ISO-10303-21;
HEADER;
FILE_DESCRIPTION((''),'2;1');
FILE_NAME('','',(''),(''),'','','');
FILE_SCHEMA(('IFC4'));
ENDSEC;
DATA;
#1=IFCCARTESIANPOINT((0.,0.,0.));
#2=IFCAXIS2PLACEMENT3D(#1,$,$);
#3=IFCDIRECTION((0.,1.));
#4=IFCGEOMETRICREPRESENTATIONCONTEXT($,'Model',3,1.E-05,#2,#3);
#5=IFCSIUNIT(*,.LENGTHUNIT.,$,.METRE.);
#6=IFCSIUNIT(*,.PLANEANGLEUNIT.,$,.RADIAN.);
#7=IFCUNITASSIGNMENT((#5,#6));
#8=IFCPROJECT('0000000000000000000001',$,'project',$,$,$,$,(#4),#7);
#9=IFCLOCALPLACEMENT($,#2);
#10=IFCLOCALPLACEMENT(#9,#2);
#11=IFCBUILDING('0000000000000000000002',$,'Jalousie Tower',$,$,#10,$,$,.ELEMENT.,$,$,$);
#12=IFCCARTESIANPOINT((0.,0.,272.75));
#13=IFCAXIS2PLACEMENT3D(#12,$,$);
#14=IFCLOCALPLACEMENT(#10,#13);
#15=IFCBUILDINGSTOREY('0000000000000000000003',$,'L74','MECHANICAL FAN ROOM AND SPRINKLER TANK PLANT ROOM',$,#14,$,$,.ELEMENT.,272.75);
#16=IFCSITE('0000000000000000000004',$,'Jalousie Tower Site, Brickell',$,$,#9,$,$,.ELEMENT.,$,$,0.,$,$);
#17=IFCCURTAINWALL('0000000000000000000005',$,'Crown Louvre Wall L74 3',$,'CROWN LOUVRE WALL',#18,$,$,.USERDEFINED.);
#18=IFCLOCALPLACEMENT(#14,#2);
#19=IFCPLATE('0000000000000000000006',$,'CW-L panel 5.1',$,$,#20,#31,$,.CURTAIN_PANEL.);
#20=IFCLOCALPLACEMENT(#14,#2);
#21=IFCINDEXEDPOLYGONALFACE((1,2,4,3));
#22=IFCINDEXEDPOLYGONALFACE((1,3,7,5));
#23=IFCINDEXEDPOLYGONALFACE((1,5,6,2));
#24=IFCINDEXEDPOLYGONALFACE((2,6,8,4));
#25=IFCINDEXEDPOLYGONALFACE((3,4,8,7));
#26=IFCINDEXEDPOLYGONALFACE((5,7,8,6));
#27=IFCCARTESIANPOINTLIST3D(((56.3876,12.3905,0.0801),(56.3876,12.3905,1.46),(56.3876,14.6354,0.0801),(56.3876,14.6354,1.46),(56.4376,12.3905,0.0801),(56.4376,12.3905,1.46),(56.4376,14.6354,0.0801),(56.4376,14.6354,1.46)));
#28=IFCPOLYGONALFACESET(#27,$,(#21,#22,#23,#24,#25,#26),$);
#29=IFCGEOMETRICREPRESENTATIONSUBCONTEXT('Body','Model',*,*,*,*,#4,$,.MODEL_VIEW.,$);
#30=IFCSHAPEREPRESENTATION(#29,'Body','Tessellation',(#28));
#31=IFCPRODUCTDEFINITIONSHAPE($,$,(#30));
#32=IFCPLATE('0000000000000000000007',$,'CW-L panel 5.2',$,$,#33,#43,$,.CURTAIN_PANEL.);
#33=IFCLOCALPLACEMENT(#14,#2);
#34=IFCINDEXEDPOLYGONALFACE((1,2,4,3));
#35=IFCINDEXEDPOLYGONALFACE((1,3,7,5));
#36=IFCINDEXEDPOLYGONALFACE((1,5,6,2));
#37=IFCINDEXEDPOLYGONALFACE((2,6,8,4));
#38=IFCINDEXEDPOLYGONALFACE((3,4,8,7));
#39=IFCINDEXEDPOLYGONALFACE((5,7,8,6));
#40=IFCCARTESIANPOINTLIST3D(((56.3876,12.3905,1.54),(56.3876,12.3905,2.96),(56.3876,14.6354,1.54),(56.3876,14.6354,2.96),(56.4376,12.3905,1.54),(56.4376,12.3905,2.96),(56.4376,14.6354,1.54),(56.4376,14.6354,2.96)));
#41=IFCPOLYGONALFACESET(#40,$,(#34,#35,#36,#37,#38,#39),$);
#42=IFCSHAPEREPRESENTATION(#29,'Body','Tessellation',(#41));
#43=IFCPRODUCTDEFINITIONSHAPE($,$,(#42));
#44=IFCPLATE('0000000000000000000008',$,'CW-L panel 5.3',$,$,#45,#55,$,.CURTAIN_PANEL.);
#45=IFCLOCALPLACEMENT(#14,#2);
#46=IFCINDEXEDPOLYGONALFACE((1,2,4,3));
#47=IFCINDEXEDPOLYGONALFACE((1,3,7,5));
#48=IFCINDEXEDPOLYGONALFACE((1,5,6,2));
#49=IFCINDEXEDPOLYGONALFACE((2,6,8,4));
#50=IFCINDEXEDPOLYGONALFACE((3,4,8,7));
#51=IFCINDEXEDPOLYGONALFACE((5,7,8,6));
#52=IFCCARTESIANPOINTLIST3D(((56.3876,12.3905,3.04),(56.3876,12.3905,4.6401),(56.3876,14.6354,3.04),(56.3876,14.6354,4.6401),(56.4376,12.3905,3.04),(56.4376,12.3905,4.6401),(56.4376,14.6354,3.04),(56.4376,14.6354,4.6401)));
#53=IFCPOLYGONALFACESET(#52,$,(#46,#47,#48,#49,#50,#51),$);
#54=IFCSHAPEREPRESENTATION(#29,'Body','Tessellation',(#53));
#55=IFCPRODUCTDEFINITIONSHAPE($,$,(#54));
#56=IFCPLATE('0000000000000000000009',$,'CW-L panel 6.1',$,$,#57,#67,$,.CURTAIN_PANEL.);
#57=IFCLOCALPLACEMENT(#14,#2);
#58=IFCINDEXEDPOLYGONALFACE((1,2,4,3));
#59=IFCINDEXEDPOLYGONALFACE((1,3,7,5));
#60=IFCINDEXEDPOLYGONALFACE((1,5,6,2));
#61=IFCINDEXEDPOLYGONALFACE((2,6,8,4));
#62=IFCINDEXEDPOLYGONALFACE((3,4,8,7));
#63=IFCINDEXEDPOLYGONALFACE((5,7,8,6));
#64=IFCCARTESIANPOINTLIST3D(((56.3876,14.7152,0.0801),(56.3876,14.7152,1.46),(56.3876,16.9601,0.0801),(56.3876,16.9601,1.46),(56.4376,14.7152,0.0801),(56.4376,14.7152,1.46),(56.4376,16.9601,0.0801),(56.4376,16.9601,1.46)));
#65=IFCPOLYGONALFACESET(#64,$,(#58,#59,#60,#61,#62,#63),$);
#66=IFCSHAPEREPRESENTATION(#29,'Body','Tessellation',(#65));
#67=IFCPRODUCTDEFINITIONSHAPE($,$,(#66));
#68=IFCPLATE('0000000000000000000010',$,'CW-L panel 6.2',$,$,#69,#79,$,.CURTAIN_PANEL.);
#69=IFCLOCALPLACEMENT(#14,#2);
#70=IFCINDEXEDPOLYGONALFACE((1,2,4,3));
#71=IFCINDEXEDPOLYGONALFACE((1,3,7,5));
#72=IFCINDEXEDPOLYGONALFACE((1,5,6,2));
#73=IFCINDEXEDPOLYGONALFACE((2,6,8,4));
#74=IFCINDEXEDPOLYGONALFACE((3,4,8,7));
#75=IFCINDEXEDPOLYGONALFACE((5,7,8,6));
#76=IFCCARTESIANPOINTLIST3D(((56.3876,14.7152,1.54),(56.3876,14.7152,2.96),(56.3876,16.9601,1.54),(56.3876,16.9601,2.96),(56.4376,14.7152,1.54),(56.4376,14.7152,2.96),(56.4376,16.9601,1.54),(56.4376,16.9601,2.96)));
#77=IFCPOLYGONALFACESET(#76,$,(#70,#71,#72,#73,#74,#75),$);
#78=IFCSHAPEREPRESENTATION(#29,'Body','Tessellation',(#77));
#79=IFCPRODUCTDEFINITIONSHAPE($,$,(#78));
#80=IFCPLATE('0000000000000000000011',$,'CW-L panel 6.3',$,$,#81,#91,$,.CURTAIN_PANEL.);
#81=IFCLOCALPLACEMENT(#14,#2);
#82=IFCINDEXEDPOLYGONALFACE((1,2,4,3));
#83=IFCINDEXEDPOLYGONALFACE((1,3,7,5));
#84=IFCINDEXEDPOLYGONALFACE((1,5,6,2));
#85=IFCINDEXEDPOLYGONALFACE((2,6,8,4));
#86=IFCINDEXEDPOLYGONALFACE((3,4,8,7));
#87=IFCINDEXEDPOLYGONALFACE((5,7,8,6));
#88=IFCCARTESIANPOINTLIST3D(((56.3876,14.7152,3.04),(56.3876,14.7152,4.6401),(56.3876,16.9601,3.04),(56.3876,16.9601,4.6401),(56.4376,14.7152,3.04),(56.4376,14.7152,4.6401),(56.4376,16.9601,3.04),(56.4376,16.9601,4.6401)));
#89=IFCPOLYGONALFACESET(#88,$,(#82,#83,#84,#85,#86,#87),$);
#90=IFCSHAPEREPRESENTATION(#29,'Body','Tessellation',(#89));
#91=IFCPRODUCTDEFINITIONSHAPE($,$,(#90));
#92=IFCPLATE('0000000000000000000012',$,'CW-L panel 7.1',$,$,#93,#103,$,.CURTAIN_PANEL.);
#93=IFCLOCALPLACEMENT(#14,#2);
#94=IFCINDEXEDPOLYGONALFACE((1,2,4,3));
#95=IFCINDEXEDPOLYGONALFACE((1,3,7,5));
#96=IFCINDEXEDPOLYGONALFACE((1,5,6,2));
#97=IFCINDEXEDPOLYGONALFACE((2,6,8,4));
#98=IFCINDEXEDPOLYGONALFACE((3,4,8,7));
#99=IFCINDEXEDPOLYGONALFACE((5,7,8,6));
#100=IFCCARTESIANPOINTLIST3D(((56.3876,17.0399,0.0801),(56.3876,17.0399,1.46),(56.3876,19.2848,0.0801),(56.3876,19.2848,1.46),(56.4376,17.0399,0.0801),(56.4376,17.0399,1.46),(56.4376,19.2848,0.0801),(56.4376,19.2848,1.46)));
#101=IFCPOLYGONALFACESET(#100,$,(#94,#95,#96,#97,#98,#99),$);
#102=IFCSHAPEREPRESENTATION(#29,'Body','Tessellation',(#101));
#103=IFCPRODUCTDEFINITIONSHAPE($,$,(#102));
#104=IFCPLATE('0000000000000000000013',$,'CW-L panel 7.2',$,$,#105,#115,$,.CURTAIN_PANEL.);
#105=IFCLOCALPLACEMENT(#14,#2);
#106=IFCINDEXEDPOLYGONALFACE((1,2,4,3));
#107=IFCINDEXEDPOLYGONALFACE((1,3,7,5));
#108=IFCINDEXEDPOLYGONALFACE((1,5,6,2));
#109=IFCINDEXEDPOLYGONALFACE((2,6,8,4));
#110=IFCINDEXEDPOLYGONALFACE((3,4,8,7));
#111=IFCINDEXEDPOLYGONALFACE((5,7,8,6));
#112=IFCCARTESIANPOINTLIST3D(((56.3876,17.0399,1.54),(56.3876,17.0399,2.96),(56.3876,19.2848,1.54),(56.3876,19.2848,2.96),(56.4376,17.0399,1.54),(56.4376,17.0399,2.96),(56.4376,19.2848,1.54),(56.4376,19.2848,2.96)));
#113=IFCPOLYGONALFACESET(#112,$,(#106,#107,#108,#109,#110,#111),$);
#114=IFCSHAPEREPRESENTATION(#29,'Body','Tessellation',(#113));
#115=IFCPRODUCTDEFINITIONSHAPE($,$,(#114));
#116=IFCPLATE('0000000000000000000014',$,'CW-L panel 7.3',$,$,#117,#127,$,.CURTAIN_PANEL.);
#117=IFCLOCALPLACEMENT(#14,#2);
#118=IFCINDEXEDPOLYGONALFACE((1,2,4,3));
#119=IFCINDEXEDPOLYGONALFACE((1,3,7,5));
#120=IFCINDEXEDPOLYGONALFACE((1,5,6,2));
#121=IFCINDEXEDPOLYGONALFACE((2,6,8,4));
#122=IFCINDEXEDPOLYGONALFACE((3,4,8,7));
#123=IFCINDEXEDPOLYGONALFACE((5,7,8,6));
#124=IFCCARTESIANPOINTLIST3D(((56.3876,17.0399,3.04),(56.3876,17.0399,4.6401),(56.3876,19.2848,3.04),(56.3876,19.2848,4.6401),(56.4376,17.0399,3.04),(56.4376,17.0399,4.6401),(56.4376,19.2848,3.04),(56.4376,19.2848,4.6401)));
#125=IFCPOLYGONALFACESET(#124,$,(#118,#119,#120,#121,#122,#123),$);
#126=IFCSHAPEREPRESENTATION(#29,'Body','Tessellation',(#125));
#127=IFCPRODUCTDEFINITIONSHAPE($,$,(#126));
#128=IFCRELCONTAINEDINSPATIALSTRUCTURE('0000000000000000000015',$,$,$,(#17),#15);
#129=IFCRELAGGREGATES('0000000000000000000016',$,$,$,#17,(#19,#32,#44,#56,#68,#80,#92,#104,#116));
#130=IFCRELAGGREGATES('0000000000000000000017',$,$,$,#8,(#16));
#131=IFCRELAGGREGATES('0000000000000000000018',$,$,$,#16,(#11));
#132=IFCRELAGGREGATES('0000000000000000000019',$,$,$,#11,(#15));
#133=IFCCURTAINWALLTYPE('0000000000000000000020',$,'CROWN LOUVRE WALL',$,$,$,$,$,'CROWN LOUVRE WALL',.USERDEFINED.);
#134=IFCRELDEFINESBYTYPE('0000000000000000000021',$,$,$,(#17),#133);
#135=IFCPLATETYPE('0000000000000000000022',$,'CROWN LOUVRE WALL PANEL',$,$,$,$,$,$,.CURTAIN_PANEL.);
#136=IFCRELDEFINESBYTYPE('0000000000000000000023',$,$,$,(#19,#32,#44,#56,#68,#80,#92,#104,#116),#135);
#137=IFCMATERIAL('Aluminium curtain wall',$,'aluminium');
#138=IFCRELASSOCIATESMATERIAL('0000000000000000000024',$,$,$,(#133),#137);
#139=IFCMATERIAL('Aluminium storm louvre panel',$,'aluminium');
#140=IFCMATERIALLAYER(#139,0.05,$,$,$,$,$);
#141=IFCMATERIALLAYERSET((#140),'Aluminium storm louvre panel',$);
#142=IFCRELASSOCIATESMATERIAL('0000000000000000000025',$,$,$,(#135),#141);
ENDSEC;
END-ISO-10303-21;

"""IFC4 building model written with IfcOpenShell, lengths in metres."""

from ifc_helpers import new_model, si_unit, direction, frame, origin, origin_2d, place, context, subcontext, project, spatial, rectangle, extrude, material, layer, layer_set, type_object, element, aggregate, save


model = new_model("IFC4")

# Units and contexts
model_context = context("Model", 3, precision=1e-05, world=origin(), true_north=direction((0.0, 1.0)))
body_context = subcontext(model_context, "Body", "Model", "MODEL_VIEW")
ifc_project = project(units=[si_unit("LENGTHUNIT", "METRE"), si_unit("PLANEANGLEUNIT", "RADIAN")], contexts=[model_context])

# Site, building, storey
site_placement = place(None, origin())
site = spatial("IfcSite", under=ifc_project, at=site_placement, Name="Jalousie Tower Site, Brickell", CompositionType="ELEMENT", RefElevation=0.0)
building_placement = place(site_placement, origin())
building = spatial("IfcBuilding", under=site, at=building_placement, Name="Jalousie Tower", CompositionType="ELEMENT")
storey_placement = place(building_placement, frame((0.0, 0.0, 272.75)))
storey = spatial("IfcBuildingStorey", under=building, at=storey_placement, Name="L74", Description="MECHANICAL FAN ROOM AND SPRINKLER TANK PLANT ROOM", CompositionType="ELEMENT", Elevation=272.75)

# Curtain wall
ifc_material_1 = material(Name="Aluminium curtain wall", Category="aluminium")
curtain_wall_type = type_object("IfcCurtainWallType", Name="CROWN LOUVRE WALL", ElementType="CROWN LOUVRE WALL", PredefinedType="USERDEFINED", material=ifc_material_1)
curtain_wall_placement = place(storey_placement, origin())
curtain_wall = element("IfcCurtainWall", 1, at=curtain_wall_placement, inside=storey, type_object=curtain_wall_type, Name="Crown Louvre Wall L74 3", ObjectType="CROWN LOUVRE WALL", PredefinedType="USERDEFINED")

# Plates
ifc_material_2 = material(Name="Aluminium storm louvre panel", Category="aluminium")
ifc_layer = layer(ifc_material_2, 0.05)
ifc_layer_set = layer_set([ifc_layer], Name="Aluminium storm louvre panel")
plate_type = type_object("IfcPlateType", Name="CROWN LOUVRE WALL PANEL", PredefinedType="CURTAIN_PANEL", material=ifc_layer_set)
plate_1_placement = place(storey_placement, frame((56.4126, 13.5129, 0.0801), z_axis=(0.0, 0.0, 1.0), x_axis=(0.0, 1.0, 0.0)))
plate_1 = element("IfcPlate", 2, at=plate_1_placement, type_object=plate_type, Name="CW-L panel 5.1", PredefinedType="CURTAIN_PANEL", context=body_context, shape_type="SweptSolid", body=[
    extrude(rectangle(XDim=2.2449, YDim=0.05, at=origin_2d()), origin(), (0.0, 0.0, 1.0), 1.3799),
])
plate_2_placement = place(storey_placement, frame((56.4126, 13.5129, 1.54), z_axis=(0.0, 0.0, 1.0), x_axis=(0.0, 1.0, 0.0)))
plate_2 = element("IfcPlate", 3, at=plate_2_placement, type_object=plate_type, Name="CW-L panel 5.2", PredefinedType="CURTAIN_PANEL", context=body_context, shape_type="SweptSolid", body=[
    extrude(rectangle(XDim=2.2449, YDim=0.05, at=origin_2d()), origin(), (0.0, 0.0, 1.0), 1.4199),
])
plate_3_placement = place(storey_placement, frame((56.4126, 13.5129, 3.04), z_axis=(0.0, 0.0, 1.0), x_axis=(0.0, 1.0, 0.0)))
plate_3 = element("IfcPlate", 4, at=plate_3_placement, type_object=plate_type, Name="CW-L panel 5.3", PredefinedType="CURTAIN_PANEL", context=body_context, shape_type="SweptSolid", body=[
    extrude(rectangle(XDim=2.2449, YDim=0.05, at=origin_2d()), origin(), (0.0, 0.0, 1.0), 1.6001),
])
plate_4_placement = place(storey_placement, frame((56.4126, 15.8376, 0.0801), z_axis=(0.0, 0.0, 1.0), x_axis=(0.0, 1.0, 0.0)))
plate_4 = element("IfcPlate", 5, at=plate_4_placement, type_object=plate_type, Name="CW-L panel 6.1", PredefinedType="CURTAIN_PANEL", context=body_context, shape_type="SweptSolid", body=[
    extrude(rectangle(XDim=2.2449, YDim=0.05, at=origin_2d()), origin(), (0.0, 0.0, 1.0), 1.3799),
])
plate_5_placement = place(storey_placement, frame((56.4126, 15.8376, 1.54), z_axis=(0.0, 0.0, 1.0), x_axis=(0.0, 1.0, 0.0)))
plate_5 = element("IfcPlate", 6, at=plate_5_placement, type_object=plate_type, Name="CW-L panel 6.2", PredefinedType="CURTAIN_PANEL", context=body_context, shape_type="SweptSolid", body=[
    extrude(rectangle(XDim=2.2449, YDim=0.05, at=origin_2d()), origin(), (0.0, 0.0, 1.0), 1.4199),
])
plate_6_placement = place(storey_placement, frame((56.4126, 15.8376, 3.04), z_axis=(0.0, 0.0, 1.0), x_axis=(0.0, 1.0, 0.0)))
plate_6 = element("IfcPlate", 7, at=plate_6_placement, type_object=plate_type, Name="CW-L panel 6.3", PredefinedType="CURTAIN_PANEL", context=body_context, shape_type="SweptSolid", body=[
    extrude(rectangle(XDim=2.2449, YDim=0.05, at=origin_2d()), origin(), (0.0, 0.0, 1.0), 1.6001),
])
plate_7_placement = place(storey_placement, frame((56.4126, 18.1624, 0.0801), z_axis=(0.0, 0.0, 1.0), x_axis=(0.0, 1.0, 0.0)))
plate_7 = element("IfcPlate", 8, at=plate_7_placement, type_object=plate_type, Name="CW-L panel 7.1", PredefinedType="CURTAIN_PANEL", context=body_context, shape_type="SweptSolid", body=[
    extrude(rectangle(XDim=2.2449, YDim=0.05, at=origin_2d()), origin(), (0.0, 0.0, 1.0), 1.3799),
])
plate_8_placement = place(storey_placement, frame((56.4126, 18.1624, 1.54), z_axis=(0.0, 0.0, 1.0), x_axis=(0.0, 1.0, 0.0)))
plate_8 = element("IfcPlate", 9, at=plate_8_placement, type_object=plate_type, Name="CW-L panel 7.2", PredefinedType="CURTAIN_PANEL", context=body_context, shape_type="SweptSolid", body=[
    extrude(rectangle(XDim=2.2449, YDim=0.05, at=origin_2d()), origin(), (0.0, 0.0, 1.0), 1.4199),
])
plate_9_placement = place(storey_placement, frame((56.4126, 18.1624, 3.04), z_axis=(0.0, 0.0, 1.0), x_axis=(0.0, 1.0, 0.0)))
plate_9 = element("IfcPlate", 10, at=plate_9_placement, type_object=plate_type, Name="CW-L panel 7.3", PredefinedType="CURTAIN_PANEL", context=body_context, shape_type="SweptSolid", body=[
    extrude(rectangle(XDim=2.2449, YDim=0.05, at=origin_2d()), origin(), (0.0, 0.0, 1.0), 1.6001),
])
aggregate(curtain_wall, [plate_1, plate_2, plate_3, plate_4, plate_5, plate_6, plate_7, plate_8, plate_9])

save(model, "model.ifc")
